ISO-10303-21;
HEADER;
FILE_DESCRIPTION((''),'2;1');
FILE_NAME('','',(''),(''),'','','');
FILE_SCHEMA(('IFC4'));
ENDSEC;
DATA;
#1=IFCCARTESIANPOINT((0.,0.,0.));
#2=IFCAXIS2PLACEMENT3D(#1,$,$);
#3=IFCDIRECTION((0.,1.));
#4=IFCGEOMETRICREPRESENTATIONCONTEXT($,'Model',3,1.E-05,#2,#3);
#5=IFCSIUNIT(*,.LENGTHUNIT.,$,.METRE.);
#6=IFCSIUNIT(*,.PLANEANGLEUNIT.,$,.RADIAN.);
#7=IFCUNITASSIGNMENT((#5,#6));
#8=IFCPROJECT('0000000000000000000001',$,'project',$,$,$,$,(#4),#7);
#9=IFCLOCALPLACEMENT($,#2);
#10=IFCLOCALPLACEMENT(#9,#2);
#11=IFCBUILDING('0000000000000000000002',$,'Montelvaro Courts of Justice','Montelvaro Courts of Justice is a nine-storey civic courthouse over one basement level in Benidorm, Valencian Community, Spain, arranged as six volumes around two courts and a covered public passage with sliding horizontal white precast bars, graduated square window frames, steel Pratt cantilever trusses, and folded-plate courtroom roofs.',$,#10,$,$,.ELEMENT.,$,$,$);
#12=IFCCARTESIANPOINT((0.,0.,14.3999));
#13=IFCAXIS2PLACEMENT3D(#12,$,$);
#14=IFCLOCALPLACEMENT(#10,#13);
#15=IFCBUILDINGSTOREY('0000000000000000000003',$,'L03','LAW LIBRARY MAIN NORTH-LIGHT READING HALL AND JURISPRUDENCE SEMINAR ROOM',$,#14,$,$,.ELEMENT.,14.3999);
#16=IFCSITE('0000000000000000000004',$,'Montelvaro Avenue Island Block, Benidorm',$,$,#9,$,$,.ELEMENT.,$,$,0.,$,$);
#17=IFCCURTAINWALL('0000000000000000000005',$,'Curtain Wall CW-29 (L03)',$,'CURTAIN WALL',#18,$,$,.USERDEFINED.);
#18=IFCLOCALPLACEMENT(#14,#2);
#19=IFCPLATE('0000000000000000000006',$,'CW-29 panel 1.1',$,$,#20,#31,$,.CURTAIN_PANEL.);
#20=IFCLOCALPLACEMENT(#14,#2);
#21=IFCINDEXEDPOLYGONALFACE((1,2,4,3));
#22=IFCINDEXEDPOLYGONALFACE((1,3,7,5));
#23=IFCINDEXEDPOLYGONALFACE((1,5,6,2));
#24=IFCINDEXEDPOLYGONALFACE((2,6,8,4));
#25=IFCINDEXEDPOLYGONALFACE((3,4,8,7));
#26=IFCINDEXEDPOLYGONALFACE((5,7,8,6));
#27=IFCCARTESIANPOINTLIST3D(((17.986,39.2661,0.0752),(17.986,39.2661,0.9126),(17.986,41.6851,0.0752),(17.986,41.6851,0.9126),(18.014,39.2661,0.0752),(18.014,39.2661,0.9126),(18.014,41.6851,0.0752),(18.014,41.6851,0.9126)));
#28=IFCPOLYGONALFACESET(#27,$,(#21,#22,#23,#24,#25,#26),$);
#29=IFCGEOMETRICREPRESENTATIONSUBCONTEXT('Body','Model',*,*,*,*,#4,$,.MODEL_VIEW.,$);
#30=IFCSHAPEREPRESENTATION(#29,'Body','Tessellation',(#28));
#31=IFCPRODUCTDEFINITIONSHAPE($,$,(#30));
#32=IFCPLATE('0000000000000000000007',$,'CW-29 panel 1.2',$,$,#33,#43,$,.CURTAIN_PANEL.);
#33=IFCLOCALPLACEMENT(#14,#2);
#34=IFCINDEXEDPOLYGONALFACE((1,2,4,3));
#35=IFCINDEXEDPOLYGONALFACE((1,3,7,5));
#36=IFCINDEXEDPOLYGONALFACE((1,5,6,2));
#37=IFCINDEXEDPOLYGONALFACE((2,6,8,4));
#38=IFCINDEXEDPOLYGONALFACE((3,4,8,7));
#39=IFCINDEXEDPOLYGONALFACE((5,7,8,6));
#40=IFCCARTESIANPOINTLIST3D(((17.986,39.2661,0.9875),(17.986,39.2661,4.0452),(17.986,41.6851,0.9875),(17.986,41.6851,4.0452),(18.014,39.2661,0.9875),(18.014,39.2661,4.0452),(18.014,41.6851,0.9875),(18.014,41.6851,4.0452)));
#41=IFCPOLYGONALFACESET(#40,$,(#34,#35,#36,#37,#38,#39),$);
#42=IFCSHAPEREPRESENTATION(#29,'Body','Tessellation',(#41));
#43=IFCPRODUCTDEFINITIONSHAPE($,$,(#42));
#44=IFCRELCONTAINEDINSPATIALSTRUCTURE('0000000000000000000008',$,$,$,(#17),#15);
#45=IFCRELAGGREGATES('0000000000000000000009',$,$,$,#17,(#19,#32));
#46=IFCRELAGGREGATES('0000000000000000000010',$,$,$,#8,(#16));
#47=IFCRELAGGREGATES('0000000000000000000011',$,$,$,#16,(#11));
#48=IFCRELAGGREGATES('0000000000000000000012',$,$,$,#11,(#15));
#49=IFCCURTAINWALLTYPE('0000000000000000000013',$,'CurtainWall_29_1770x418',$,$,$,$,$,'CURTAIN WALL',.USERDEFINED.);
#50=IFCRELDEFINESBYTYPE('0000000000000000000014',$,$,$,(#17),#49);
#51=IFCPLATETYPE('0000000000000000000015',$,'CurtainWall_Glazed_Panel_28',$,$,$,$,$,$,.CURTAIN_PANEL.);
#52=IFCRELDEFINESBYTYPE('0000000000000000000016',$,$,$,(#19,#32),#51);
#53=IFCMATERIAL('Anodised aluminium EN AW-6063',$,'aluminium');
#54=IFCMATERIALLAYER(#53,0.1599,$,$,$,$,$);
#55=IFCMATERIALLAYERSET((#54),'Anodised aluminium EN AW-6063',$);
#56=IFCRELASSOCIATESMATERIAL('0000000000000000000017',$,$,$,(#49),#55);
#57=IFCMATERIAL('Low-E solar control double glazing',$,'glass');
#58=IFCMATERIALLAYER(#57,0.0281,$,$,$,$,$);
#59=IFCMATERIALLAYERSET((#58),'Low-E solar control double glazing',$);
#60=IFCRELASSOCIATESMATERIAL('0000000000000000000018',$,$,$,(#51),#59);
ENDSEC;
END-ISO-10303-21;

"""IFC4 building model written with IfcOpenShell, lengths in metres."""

from ifc_helpers import new_model, si_unit, direction, frame, origin, origin_2d, place, context, subcontext, project, spatial, rectangle, extrude, material, layer, layer_set, type_object, element, aggregate, save


model = new_model("IFC4")

# Units and contexts
model_context = context("Model", 3, precision=1e-05, world=origin(), true_north=direction((0.0, 1.0)))
body_context = subcontext(model_context, "Body", "Model", "MODEL_VIEW")
ifc_project = project(units=[si_unit("LENGTHUNIT", "METRE"), si_unit("PLANEANGLEUNIT", "RADIAN")], contexts=[model_context])

# Site, building, storey
site_placement = place(None, origin())
site = spatial("IfcSite", under=ifc_project, at=site_placement, Name="Montelvaro Avenue Island Block, Benidorm", CompositionType="ELEMENT", RefElevation=0.0)
building_placement = place(site_placement, origin())
building = spatial("IfcBuilding", under=site, at=building_placement, Name="Montelvaro Courts of Justice", Description="Montelvaro Courts of Justice is a nine-storey civic courthouse over one basement level in Benidorm, Valencian Community, Spain, arranged as six volumes around two courts and a covered public passage with sliding horizontal white precast bars, graduated square window frames, steel Pratt cantilever trusses, and folded-plate courtroom roofs.", CompositionType="ELEMENT")
storey_placement = place(building_placement, frame((0.0, 0.0, 14.3999)))
storey = spatial("IfcBuildingStorey", under=building, at=storey_placement, Name="L03", Description="LAW LIBRARY MAIN NORTH-LIGHT READING HALL AND JURISPRUDENCE SEMINAR ROOM", CompositionType="ELEMENT", Elevation=14.3999)

# Curtain wall
ifc_material_1 = material(Name="Anodised aluminium EN AW-6063", Category="aluminium")
ifc_layer_1 = layer(ifc_material_1, 0.1599)
ifc_layer_set_1 = layer_set([ifc_layer_1], Name="Anodised aluminium EN AW-6063")
curtain_wall_type_1 = type_object("IfcCurtainWallType", Name="CurtainWall_29_1770x418", ElementType="CURTAIN WALL", PredefinedType="USERDEFINED", material=ifc_layer_set_1)
curtain_wall_1_placement = place(storey_placement, origin())
curtain_wall_1 = element("IfcCurtainWall", 1, at=curtain_wall_1_placement, inside=storey, type_object=curtain_wall_type_1, Name="Curtain Wall CW-29 (L03)", ObjectType="CURTAIN WALL", PredefinedType="USERDEFINED")

# Plates
ifc_material_2 = material(Name="Low-E solar control double glazing", Category="glass")
ifc_layer_2 = layer(ifc_material_2, 0.0281)
ifc_layer_set_2 = layer_set([ifc_layer_2], Name="Low-E solar control double glazing")
plate_type = type_object("IfcPlateType", Name="CurtainWall_Glazed_Panel_28", PredefinedType="CURTAIN_PANEL", material=ifc_layer_set_2)
plate_1_placement = place(storey_placement, frame((18.0, 40.4756, 0.0752), z_axis=(0.0, 0.0, 1.0), x_axis=(0.0, -1.0, 0.0)))
plate_1 = element("IfcPlate", 2, at=plate_1_placement, type_object=plate_type, Name="CW-29 panel 1.1", PredefinedType="CURTAIN_PANEL", context=body_context, shape_type="SweptSolid", body=[
    extrude(rectangle(XDim=2.4189, YDim=0.0281, at=origin_2d()), origin(), (0.0, 0.0, 1.0), 0.8374),
])
plate_2_placement = place(storey_placement, frame((18.0, 40.4756, 0.9875), z_axis=(0.0, 0.0, 1.0), x_axis=(0.0, -1.0, 0.0)))
plate_2 = element("IfcPlate", 3, at=plate_2_placement, type_object=plate_type, Name="CW-29 panel 1.2", PredefinedType="CURTAIN_PANEL", context=body_context, shape_type="SweptSolid", body=[
    extrude(rectangle(XDim=2.4189, YDim=0.0281, at=origin_2d()), origin(), (0.0, 0.0, 1.0), 3.0576),
])
aggregate(curtain_wall_1, [plate_1, plate_2])

save(model, "model.ifc")
